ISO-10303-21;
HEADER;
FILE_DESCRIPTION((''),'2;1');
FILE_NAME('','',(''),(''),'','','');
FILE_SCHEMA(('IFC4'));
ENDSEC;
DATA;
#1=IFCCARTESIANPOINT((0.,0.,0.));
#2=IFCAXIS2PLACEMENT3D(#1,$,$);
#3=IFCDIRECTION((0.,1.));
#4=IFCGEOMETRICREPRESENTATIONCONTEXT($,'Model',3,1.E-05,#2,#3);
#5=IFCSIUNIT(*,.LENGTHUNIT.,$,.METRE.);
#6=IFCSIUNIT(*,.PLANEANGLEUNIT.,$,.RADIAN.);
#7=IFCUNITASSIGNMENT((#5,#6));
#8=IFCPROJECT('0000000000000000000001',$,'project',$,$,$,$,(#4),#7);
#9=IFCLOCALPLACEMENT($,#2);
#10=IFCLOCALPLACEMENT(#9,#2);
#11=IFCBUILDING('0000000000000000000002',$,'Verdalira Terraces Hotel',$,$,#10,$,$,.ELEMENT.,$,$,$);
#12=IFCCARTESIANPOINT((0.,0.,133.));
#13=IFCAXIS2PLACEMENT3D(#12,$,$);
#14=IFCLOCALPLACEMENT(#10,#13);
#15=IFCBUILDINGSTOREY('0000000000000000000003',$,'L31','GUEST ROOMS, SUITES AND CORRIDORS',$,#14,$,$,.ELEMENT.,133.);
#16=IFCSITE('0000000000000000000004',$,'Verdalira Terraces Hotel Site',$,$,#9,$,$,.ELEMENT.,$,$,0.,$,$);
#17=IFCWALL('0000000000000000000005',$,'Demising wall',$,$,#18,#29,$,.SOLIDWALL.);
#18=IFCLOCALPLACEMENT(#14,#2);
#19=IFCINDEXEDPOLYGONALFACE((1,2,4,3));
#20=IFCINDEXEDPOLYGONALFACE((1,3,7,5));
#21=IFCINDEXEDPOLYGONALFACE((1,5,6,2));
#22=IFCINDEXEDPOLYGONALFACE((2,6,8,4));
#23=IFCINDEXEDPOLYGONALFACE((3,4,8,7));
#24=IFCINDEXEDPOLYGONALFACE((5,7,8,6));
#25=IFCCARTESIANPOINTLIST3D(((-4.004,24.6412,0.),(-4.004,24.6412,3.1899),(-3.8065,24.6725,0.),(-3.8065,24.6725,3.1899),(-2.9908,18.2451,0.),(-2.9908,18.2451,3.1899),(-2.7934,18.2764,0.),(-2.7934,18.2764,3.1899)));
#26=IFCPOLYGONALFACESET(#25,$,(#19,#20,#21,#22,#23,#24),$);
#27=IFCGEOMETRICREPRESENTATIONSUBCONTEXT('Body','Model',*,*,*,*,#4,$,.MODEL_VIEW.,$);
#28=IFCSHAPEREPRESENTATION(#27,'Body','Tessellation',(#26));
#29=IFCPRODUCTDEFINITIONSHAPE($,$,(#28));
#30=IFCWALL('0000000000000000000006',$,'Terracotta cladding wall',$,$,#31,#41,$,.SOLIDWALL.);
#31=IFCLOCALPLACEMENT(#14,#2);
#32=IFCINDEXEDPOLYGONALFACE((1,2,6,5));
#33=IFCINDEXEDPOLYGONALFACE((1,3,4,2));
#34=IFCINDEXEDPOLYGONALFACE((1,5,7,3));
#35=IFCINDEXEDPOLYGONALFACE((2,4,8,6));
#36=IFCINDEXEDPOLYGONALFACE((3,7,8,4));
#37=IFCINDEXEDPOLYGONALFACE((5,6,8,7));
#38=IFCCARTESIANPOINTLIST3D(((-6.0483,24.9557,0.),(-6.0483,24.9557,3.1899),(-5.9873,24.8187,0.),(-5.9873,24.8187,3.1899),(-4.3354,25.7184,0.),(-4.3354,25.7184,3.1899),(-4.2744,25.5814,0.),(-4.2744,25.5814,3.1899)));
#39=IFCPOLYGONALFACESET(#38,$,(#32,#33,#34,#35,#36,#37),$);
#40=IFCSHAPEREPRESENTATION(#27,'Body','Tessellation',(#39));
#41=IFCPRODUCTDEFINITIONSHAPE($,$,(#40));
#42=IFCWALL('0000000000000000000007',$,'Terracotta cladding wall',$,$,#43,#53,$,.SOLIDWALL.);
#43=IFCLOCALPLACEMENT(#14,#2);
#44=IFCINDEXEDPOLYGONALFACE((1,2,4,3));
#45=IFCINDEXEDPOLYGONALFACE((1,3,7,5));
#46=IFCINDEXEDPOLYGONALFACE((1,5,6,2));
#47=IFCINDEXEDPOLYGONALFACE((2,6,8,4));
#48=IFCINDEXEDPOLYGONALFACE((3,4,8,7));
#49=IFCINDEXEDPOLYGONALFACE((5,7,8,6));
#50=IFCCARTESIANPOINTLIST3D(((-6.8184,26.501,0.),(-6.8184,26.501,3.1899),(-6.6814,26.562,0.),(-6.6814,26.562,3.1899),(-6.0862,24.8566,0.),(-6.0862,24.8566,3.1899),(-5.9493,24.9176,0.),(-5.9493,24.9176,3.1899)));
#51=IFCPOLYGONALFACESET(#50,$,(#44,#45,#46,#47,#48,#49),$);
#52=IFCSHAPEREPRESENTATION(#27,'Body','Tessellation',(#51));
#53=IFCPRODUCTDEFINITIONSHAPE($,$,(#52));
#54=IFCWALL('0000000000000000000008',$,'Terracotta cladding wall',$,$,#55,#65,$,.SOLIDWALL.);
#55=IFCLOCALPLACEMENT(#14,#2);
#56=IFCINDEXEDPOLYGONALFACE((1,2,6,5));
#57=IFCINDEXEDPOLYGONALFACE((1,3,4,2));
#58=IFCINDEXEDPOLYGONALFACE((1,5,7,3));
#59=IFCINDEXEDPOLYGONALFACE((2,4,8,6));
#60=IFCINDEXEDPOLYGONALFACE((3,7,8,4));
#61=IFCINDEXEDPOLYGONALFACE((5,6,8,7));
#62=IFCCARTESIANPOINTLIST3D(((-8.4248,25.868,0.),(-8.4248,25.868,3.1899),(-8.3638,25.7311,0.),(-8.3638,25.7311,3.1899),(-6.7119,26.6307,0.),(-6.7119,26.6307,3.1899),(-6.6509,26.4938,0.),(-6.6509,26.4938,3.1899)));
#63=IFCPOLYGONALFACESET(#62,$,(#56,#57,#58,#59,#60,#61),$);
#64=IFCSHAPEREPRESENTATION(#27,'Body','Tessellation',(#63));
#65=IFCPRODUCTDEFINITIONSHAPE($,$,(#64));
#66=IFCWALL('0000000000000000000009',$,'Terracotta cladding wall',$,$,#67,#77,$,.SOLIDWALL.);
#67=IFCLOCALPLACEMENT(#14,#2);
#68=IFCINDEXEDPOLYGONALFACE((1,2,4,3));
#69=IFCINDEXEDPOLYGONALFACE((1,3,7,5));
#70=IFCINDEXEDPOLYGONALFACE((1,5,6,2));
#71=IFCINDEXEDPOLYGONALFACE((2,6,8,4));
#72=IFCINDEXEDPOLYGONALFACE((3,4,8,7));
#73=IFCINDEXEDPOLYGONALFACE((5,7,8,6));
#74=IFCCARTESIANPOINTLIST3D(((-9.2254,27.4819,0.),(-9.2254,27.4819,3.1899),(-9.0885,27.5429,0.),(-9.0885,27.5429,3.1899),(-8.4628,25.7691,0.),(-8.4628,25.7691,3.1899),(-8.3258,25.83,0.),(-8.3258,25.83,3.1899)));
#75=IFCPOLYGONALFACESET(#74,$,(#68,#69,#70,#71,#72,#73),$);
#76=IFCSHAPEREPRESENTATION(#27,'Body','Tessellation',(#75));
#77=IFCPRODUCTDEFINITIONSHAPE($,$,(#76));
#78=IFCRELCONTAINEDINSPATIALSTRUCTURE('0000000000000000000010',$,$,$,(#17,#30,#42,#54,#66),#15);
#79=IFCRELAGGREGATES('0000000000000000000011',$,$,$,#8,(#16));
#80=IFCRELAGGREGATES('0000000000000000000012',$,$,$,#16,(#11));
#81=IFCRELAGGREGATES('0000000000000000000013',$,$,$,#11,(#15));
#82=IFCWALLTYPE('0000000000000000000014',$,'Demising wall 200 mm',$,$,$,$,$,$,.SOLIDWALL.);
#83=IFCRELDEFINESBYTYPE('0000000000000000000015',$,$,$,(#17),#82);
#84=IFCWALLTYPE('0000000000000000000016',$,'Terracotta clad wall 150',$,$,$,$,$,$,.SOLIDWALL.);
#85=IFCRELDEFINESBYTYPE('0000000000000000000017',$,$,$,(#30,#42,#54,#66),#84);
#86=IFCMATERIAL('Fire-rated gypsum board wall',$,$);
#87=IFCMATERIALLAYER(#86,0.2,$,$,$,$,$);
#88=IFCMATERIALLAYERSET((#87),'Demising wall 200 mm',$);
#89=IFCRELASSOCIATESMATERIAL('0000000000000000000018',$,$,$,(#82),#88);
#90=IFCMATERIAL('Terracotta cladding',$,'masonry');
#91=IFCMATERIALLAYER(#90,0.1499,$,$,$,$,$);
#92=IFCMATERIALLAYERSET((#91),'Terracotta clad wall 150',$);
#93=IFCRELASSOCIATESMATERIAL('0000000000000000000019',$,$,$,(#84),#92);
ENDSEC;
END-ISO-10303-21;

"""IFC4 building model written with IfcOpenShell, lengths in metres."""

from ifc_helpers import new_model, si_unit, direction, frame, frame_2d, origin, place, context, subcontext, project, spatial, rectangle, extrude, material, layer, layer_set, type_object, element, save


model = new_model("IFC4")

# Units and contexts
model_context = context("Model", 3, precision=1e-05, world=origin(), true_north=direction((0.0, 1.0)))
body_context = subcontext(model_context, "Body", "Model", "MODEL_VIEW")
ifc_project = project(units=[si_unit("LENGTHUNIT", "METRE"), si_unit("PLANEANGLEUNIT", "RADIAN")], contexts=[model_context])

# Site, building, storey
site_placement = place(None, origin())
site = spatial("IfcSite", under=ifc_project, at=site_placement, Name="Verdalira Terraces Hotel Site", CompositionType="ELEMENT", RefElevation=0.0)
building_placement = place(site_placement, origin())
building = spatial("IfcBuilding", under=site, at=building_placement, Name="Verdalira Terraces Hotel", CompositionType="ELEMENT")
storey_placement = place(building_placement, frame((0.0, 0.0, 133.0)))
storey = spatial("IfcBuildingStorey", under=building, at=storey_placement, Name="L31", Description="GUEST ROOMS, SUITES AND CORRIDORS", CompositionType="ELEMENT", Elevation=133.0)

# Walls
ifc_material_1 = material(Name="Fire-rated gypsum board wall")
ifc_layer_1 = layer(ifc_material_1, 0.2)
ifc_layer_set_1 = layer_set([ifc_layer_1], Name="Demising wall 200 mm")
wall_type_1 = type_object("IfcWallType", Name="Demising wall 200 mm", PredefinedType="SOLIDWALL", material=ifc_layer_set_1)
wall_1_placement = place(storey_placement, frame((-3.9053, 24.6567, 0.0), z_axis=(0.0, 0.0, 1.0), x_axis=(0.156458, -0.987685, 0.0)))
element("IfcWall", 1, at=wall_1_placement, inside=storey, type_object=wall_type_1, Name="Demising wall", PredefinedType="SOLIDWALL", context=body_context, shape_type="SweptSolid", body=[
    extrude(rectangle(XDim=6.4758, YDim=0.2, at=frame_2d((3.2378, 0.0))), origin(), (0.0, 0.0, 1.0), 3.1899),
])
ifc_material_2 = material(Name="Terracotta cladding", Category="masonry")
ifc_layer_2 = layer(ifc_material_2, 0.1499)
ifc_layer_set_2 = layer_set([ifc_layer_2], Name="Terracotta clad wall 150")
wall_type_2 = type_object("IfcWallType", Name="Terracotta clad wall 150", PredefinedType="SOLIDWALL", material=ifc_layer_set_2)
wall_2_placement = place(storey_placement, frame((-4.3049, 25.6499, 0.0), z_axis=(0.0, 0.0, 1.0), x_axis=(-0.913532, -0.406767, 0.0)))
element("IfcWall", 2, at=wall_2_placement, inside=storey, type_object=wall_type_2, Name="Terracotta cladding wall", PredefinedType="SOLIDWALL", context=body_context, shape_type="SweptSolid", body=[
    extrude(rectangle(XDim=1.875, YDim=0.1499, at=frame_2d((0.9375, 0.0))), origin(), (0.0, 0.0, 1.0), 3.1899),
])
wall_3_placement = place(storey_placement, frame((-6.0178, 24.8872, 0.0), z_axis=(0.0, 0.0, 1.0), x_axis=(-0.40673, 0.913549, 0.0)))
element("IfcWall", 3, at=wall_3_placement, inside=storey, type_object=wall_type_2, Name="Terracotta cladding wall", PredefinedType="SOLIDWALL", context=body_context, shape_type="SweptSolid", body=[
    extrude(rectangle(XDim=1.8, YDim=0.1499, at=frame_2d((0.8999, 0.0))), origin(), (0.0, 0.0, 1.0), 3.1899),
])
for number, where, z_axis, x_axis, name in (
    (4, (-6.6814, 26.5623, 0.0), (0.0, 0.0, 1.0), (-0.913532, -0.406767, 0.0), "Terracotta cladding wall"),
    (5, (-8.3943, 25.7996, 0.0), (0.0, 0.0, 1.0), (-0.406767, 0.913532, 0.0), "Terracotta cladding wall"),
):
    element("IfcWall", number, at=place(storey_placement, frame(where, z_axis=z_axis, x_axis=x_axis)), inside=storey, type_object=wall_type_2, Name=name, PredefinedType="SOLIDWALL", context=body_context, shape_type="SweptSolid", body=[
        extrude(rectangle(XDim=1.875, YDim=0.1499, at=frame_2d((0.9375, 0.0))), origin(), (0.0, 0.0, 1.0), 3.1899),
    ])

save(model, "model.ifc")
